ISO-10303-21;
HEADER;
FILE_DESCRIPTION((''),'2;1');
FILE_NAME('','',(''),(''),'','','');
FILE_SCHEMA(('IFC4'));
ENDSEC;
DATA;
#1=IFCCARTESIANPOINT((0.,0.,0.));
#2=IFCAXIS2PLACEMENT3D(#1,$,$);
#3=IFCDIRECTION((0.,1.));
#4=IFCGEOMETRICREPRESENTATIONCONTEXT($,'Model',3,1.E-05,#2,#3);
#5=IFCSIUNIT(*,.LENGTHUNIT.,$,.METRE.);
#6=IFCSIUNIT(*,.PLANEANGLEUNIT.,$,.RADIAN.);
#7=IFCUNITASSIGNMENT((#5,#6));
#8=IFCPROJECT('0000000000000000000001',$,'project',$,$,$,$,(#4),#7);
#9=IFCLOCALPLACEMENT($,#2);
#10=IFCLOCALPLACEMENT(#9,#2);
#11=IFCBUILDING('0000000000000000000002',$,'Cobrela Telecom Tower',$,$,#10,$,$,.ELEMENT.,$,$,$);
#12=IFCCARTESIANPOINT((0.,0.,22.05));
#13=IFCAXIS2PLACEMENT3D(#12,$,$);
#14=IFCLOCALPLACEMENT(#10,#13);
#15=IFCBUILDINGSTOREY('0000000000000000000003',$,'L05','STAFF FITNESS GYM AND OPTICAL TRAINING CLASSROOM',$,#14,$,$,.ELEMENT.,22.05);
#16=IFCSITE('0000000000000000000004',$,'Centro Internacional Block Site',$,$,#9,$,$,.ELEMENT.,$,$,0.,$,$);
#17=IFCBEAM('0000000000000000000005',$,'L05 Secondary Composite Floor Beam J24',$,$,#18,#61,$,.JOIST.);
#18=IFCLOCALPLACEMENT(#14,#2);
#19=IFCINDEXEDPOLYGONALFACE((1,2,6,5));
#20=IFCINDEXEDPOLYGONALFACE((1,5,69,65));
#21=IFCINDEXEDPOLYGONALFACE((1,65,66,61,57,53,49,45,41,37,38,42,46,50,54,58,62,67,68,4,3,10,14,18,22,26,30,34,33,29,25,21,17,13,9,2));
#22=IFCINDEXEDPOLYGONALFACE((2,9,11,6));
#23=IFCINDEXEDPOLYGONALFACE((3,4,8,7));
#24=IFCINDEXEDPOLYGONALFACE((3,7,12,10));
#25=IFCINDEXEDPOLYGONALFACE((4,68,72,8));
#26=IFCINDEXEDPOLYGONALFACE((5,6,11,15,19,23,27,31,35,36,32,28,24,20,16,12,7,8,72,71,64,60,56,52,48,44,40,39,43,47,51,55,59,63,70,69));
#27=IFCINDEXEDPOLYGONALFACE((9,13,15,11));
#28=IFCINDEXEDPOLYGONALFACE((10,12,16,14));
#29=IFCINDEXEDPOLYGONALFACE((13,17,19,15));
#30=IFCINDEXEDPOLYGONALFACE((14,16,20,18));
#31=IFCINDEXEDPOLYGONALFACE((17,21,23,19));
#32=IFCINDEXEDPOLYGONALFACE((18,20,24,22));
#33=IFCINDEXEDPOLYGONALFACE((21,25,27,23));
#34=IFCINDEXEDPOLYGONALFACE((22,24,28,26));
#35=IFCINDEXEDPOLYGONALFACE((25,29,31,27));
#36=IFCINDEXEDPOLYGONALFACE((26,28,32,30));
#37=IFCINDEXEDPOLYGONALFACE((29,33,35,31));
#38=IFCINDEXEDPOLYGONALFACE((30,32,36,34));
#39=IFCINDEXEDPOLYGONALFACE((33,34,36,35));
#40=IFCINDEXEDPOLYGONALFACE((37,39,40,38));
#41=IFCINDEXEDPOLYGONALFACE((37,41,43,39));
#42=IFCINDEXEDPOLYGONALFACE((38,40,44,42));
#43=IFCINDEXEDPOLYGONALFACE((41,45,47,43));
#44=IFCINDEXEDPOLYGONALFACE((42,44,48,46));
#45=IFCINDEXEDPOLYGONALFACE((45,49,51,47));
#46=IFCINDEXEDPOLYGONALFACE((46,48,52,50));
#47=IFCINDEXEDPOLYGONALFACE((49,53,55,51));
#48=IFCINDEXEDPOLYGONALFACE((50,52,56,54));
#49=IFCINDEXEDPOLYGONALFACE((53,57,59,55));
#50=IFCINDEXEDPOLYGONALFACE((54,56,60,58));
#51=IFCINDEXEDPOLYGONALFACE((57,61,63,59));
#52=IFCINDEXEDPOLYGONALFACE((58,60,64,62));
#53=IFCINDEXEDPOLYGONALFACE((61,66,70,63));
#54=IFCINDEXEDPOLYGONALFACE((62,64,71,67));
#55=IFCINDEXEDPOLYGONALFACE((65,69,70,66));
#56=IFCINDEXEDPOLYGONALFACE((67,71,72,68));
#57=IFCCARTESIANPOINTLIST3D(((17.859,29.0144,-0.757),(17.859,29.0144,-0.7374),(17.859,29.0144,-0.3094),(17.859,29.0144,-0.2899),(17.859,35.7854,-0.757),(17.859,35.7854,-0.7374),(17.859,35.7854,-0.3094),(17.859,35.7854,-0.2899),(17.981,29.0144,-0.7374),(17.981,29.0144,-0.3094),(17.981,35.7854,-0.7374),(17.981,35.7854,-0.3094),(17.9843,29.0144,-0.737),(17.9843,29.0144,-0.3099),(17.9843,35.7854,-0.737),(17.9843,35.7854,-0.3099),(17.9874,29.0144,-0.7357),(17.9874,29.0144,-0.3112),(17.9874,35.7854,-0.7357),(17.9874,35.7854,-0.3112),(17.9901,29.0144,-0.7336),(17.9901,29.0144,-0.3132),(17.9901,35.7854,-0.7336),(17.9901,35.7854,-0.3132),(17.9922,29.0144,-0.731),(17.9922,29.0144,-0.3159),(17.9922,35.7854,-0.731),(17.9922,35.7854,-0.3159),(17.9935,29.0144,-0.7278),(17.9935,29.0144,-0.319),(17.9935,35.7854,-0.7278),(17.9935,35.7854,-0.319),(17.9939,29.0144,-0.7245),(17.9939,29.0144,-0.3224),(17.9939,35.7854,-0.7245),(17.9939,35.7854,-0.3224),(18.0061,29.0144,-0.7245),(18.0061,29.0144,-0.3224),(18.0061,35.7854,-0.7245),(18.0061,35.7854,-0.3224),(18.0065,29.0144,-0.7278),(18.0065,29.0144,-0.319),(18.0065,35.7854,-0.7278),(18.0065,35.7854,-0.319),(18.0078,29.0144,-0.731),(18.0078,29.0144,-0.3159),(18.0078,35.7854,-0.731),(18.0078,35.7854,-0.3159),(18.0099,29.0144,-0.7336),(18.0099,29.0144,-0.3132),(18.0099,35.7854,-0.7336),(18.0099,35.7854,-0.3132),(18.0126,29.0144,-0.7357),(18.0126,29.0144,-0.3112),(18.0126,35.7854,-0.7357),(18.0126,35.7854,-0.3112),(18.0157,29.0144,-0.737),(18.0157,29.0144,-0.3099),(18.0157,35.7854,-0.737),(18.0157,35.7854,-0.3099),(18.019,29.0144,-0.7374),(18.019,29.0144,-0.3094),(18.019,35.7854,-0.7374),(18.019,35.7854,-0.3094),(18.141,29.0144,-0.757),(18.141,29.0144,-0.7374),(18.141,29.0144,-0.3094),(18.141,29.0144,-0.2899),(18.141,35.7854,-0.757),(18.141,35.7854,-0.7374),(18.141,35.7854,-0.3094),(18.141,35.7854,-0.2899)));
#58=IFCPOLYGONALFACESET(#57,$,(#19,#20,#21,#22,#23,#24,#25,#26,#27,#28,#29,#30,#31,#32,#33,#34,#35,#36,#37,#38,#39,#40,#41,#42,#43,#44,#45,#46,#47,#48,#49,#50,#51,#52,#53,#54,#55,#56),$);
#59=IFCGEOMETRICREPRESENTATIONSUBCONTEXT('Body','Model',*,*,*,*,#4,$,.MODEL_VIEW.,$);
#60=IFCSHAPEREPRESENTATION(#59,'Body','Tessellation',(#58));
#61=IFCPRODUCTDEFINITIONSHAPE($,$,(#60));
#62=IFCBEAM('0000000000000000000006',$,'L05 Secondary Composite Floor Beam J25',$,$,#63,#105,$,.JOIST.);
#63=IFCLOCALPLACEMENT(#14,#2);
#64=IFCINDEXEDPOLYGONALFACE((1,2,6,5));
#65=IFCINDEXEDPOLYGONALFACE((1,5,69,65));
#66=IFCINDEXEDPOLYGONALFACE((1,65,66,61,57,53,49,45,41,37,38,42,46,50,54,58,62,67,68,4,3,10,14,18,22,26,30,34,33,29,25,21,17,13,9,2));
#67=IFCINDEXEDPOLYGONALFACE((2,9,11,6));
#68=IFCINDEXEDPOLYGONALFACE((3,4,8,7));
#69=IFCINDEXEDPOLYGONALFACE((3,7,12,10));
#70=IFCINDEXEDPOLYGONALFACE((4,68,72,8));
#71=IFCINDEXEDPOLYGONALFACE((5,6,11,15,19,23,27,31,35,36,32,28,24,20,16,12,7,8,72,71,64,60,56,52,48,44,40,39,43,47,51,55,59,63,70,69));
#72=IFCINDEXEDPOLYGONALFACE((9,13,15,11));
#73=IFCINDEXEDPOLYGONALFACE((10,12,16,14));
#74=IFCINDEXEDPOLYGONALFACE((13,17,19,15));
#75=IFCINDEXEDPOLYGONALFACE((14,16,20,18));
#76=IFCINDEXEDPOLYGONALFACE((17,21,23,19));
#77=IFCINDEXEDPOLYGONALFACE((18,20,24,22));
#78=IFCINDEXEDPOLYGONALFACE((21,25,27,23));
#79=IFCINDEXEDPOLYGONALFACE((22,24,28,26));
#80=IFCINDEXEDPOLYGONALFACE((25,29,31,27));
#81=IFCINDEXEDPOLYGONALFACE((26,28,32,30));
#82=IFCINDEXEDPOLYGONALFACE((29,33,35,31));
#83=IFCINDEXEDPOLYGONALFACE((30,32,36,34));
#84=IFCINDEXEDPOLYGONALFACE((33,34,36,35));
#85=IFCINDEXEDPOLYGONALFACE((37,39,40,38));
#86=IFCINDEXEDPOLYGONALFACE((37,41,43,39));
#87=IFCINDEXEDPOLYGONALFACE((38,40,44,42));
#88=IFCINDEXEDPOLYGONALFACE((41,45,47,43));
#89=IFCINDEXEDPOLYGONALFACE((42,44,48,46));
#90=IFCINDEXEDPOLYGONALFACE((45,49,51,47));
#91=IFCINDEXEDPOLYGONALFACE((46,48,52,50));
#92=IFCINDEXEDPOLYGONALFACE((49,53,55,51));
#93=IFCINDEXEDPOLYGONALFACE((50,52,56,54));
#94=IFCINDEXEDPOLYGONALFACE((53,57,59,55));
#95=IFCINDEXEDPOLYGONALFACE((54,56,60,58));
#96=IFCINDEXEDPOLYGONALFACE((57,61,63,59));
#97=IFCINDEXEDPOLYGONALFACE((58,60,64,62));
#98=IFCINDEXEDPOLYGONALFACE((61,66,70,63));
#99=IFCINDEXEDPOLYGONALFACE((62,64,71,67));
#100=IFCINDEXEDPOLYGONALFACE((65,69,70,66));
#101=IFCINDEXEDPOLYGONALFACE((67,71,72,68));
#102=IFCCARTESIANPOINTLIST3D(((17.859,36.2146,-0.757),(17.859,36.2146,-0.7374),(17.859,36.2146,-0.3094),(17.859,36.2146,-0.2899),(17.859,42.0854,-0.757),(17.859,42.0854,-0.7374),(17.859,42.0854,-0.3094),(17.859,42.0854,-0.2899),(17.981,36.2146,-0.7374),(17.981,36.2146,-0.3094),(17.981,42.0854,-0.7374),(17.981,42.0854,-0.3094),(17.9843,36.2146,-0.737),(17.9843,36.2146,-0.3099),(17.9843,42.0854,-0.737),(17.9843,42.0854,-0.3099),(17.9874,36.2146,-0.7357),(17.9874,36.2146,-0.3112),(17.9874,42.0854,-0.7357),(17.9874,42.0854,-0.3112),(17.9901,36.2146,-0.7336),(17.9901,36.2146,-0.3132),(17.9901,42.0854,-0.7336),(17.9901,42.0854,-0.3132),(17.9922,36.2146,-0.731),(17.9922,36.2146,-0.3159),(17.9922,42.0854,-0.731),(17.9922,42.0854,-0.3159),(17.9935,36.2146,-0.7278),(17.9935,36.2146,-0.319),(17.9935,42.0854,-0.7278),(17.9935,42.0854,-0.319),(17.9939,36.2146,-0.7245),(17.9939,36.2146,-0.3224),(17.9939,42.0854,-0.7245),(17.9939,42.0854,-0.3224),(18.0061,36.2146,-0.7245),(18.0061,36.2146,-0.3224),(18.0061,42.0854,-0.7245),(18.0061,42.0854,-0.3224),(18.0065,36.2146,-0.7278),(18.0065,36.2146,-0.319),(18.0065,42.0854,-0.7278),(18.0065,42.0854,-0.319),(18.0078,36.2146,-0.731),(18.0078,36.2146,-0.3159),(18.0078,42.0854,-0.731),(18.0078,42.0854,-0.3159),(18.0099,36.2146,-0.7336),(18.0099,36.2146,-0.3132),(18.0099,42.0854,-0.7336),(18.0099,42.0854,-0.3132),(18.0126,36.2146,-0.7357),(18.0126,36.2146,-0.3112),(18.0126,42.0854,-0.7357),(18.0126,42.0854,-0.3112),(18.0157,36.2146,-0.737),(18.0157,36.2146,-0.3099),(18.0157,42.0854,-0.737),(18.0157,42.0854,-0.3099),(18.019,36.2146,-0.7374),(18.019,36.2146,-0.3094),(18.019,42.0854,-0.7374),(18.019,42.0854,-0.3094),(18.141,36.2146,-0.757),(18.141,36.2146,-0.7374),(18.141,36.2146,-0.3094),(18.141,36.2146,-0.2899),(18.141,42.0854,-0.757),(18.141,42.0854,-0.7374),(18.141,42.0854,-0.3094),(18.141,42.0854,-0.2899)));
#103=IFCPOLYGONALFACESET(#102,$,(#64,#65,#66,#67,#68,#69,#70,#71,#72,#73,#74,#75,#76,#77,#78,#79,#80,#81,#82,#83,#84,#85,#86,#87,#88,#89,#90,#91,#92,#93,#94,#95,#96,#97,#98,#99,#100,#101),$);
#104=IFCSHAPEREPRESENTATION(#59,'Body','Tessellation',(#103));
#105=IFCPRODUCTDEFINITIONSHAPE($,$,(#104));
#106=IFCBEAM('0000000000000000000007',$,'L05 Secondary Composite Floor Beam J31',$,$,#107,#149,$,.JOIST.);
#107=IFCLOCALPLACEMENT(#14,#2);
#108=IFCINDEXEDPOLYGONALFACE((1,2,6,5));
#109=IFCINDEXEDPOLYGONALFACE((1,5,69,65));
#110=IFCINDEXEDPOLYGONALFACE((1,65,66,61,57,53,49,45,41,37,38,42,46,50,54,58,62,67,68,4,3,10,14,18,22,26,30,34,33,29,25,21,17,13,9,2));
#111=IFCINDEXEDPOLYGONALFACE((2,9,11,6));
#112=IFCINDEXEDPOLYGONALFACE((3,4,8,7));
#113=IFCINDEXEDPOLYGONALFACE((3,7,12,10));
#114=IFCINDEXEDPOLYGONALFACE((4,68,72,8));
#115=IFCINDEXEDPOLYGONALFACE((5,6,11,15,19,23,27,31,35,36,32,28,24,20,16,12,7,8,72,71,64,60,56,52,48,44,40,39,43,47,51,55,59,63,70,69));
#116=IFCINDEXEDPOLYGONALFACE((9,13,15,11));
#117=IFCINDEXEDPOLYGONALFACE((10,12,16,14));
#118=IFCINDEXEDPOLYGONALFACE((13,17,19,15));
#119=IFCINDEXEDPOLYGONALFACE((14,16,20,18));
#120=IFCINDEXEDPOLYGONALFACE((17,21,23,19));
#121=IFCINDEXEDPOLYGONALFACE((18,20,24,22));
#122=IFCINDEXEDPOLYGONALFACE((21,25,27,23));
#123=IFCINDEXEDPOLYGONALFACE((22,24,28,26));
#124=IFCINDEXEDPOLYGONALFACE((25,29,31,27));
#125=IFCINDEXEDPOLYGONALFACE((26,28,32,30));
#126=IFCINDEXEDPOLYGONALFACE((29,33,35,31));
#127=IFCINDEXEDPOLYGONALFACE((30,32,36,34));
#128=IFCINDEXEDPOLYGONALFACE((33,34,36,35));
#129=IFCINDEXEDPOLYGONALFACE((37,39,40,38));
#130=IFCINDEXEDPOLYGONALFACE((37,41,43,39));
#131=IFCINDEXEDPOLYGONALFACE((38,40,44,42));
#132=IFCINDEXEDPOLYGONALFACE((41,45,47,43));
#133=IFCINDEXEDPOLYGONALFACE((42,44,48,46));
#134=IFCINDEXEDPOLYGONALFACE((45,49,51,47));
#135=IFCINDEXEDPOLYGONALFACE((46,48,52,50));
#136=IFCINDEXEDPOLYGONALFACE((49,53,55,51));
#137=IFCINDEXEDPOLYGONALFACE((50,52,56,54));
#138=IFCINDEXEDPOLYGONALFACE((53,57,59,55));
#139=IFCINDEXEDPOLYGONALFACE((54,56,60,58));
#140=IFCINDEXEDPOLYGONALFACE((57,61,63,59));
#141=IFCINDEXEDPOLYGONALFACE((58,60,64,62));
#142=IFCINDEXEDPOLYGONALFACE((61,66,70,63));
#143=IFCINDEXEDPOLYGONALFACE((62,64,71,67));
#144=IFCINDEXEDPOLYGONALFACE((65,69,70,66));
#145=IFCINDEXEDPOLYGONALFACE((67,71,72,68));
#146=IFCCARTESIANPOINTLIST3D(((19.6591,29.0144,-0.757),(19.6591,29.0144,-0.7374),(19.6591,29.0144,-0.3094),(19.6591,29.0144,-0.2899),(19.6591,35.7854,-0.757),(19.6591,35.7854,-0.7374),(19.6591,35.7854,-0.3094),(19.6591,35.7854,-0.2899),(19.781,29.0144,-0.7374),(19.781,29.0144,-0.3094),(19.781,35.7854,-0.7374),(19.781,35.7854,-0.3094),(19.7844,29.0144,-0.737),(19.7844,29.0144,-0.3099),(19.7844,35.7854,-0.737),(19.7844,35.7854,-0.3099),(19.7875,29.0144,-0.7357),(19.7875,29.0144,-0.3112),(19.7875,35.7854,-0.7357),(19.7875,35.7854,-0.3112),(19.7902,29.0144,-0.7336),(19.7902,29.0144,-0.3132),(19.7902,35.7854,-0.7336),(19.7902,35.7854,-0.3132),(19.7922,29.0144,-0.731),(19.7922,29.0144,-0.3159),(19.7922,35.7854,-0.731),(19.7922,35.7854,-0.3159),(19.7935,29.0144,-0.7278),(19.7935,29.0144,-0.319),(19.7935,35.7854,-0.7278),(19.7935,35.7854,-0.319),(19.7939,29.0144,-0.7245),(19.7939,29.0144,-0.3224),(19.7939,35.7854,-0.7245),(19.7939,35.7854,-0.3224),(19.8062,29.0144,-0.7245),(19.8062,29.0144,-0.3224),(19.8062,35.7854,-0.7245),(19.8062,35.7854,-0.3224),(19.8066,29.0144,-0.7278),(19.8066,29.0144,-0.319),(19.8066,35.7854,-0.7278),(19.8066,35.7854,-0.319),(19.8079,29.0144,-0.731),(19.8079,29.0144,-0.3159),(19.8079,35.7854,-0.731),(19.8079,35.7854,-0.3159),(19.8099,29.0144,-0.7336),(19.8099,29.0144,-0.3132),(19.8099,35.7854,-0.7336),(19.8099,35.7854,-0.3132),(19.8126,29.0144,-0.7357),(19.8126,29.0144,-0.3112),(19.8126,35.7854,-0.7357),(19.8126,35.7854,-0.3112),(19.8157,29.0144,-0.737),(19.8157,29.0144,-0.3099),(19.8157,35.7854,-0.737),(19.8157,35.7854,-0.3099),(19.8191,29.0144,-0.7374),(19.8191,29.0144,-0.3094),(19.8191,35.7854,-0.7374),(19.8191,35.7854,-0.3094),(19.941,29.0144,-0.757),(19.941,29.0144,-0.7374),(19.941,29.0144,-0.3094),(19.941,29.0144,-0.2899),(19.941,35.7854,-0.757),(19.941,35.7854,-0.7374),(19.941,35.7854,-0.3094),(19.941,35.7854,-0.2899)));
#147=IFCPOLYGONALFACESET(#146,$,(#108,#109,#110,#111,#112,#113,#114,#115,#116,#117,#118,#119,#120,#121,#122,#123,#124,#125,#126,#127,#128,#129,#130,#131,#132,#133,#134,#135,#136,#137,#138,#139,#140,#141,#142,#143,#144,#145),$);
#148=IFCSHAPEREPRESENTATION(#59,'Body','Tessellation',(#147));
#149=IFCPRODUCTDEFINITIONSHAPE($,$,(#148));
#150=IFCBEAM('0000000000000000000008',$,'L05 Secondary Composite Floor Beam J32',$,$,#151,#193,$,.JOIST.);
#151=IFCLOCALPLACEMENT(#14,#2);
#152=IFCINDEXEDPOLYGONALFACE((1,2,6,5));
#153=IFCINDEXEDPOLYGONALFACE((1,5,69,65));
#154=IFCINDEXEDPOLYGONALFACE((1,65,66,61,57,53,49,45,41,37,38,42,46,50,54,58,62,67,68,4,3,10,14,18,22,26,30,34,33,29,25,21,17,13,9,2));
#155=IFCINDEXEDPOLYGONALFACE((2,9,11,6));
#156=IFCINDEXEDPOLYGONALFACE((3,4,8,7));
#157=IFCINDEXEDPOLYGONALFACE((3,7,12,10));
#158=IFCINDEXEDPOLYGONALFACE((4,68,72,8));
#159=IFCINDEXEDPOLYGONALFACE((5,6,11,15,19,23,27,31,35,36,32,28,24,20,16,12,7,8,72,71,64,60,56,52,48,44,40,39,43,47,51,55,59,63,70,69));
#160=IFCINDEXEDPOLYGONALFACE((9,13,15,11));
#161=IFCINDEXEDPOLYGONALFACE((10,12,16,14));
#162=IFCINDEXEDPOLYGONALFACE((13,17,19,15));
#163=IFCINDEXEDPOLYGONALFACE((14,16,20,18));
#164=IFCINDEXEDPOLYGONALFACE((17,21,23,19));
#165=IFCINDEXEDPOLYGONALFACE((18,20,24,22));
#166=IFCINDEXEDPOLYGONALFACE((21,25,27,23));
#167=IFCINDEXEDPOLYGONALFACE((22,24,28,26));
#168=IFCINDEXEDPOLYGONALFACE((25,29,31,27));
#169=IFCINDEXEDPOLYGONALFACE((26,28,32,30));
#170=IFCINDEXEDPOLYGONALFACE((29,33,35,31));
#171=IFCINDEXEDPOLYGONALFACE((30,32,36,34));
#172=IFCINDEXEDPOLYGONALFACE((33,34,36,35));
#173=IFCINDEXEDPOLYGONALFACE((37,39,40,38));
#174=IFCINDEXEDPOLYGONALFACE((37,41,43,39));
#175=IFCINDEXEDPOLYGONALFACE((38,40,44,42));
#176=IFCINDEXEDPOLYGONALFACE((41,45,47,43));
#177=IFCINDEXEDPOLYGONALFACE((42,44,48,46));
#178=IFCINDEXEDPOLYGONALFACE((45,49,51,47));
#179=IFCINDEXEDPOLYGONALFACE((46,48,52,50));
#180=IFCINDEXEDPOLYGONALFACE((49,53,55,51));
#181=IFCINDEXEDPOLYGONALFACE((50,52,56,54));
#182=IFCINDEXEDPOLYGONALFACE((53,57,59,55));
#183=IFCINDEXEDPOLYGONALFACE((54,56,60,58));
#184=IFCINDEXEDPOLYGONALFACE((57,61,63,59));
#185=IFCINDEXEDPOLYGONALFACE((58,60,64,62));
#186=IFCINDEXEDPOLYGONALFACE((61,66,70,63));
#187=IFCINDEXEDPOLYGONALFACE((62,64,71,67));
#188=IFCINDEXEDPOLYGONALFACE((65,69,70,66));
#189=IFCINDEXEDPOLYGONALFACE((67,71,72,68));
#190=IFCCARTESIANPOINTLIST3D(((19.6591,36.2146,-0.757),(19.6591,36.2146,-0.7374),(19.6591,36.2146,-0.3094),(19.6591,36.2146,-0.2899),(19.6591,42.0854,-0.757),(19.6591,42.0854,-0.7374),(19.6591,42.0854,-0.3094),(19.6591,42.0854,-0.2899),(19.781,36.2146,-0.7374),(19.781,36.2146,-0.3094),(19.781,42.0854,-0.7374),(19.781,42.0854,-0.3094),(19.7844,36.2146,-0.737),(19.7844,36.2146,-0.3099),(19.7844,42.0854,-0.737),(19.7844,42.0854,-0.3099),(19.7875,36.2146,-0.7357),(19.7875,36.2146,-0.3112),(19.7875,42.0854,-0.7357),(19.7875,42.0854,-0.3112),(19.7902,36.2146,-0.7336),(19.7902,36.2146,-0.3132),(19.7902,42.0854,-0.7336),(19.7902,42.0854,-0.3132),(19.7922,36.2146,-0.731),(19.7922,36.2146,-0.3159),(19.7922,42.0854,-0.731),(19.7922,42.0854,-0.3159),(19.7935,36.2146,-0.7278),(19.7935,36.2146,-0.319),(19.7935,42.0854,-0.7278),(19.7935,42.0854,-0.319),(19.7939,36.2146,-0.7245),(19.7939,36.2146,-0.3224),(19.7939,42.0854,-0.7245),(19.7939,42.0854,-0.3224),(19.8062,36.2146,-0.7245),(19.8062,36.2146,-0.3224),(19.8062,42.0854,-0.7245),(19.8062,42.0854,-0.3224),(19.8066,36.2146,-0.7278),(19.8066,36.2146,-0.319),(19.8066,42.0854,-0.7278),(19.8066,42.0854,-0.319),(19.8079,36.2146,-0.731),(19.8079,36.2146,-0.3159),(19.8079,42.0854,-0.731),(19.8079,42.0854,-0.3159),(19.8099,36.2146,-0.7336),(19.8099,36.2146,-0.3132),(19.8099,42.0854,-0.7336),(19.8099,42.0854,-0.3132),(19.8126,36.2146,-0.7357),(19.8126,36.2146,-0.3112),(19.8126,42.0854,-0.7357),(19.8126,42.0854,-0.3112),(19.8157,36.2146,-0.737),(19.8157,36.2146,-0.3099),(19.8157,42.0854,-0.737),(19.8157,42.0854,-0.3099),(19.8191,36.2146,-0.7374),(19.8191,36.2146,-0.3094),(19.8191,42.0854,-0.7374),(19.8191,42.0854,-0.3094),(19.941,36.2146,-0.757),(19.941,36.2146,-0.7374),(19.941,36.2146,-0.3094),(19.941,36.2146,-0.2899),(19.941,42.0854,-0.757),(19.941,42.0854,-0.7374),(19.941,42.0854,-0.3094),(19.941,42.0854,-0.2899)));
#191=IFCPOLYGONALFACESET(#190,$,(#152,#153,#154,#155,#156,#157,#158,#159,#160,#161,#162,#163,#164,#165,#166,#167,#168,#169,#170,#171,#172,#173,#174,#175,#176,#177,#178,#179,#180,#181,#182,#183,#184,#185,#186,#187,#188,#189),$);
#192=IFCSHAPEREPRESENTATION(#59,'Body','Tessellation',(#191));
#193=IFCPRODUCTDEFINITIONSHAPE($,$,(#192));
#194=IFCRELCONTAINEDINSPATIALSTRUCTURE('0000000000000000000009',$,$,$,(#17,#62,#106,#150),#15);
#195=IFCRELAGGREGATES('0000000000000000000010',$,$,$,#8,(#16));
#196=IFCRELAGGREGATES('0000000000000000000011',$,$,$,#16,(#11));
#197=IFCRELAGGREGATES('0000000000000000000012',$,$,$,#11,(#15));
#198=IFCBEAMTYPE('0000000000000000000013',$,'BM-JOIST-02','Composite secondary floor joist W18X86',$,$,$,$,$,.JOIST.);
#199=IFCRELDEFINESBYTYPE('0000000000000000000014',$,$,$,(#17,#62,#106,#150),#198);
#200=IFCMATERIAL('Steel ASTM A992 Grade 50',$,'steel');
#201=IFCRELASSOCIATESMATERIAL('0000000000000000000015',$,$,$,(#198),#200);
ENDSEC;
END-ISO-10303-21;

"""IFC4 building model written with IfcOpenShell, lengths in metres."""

from ifc_helpers import new_model, si_unit, direction, frame, origin, origin_2d, place, context, subcontext, project, spatial, i_section, extrude, material, material_profile, profile_set, type_object, element, save


model = new_model("IFC4")

# Units and contexts
model_context = context("Model", 3, precision=1e-05, world=origin(), true_north=direction((0.0, 1.0)))
body_context = subcontext(model_context, "Body", "Model", "MODEL_VIEW")
ifc_project = project(units=[si_unit("LENGTHUNIT", "METRE"), si_unit("PLANEANGLEUNIT", "RADIAN")], contexts=[model_context])

# Site, building, storey
site_placement = place(None, origin())
site = spatial("IfcSite", under=ifc_project, at=site_placement, Name="Centro Internacional Block Site", CompositionType="ELEMENT", RefElevation=0.0)
building_placement = place(site_placement, origin())
building = spatial("IfcBuilding", under=site, at=building_placement, Name="Cobrela Telecom Tower", CompositionType="ELEMENT")
storey_placement = place(building_placement, frame((0.0, 0.0, 22.05)))
storey = spatial("IfcBuildingStorey", under=building, at=storey_placement, Name="L05", Description="STAFF FITNESS GYM AND OPTICAL TRAINING CLASSROOM", CompositionType="ELEMENT", Elevation=22.05)

# Beams
ifc_material_1 = material(Name="Steel ASTM A992 Grade 50", Category="steel")
ifc_material_profile_1 = material_profile(ifc_material_1, i_section(OverallWidth=0.282, OverallDepth=0.467, WebThickness=0.0122, FlangeThickness=0.0195, FilletRadius=0.0129, at=origin_2d()), Name="W18X86")
ifc_profile_set_1 = profile_set([ifc_material_profile_1], Name="Steel ASTM A992 Grade 50")
beam_type_1 = type_object("IfcBeamType", Name="BM-JOIST-02", Description="Composite secondary floor joist W18X86", PredefinedType="JOIST", material=ifc_profile_set_1)
beam_1_placement = place(storey_placement, frame((18.0, 29.0144, -0.5234), z_axis=(0.0, 1.0, 0.0), x_axis=(-1.0, 0.0, 0.0)))
element("IfcBeam", 1, at=beam_1_placement, inside=storey, type_object=beam_type_1, Name="L05 Secondary Composite Floor Beam J24", PredefinedType="JOIST", context=body_context, shape_type="SweptSolid", body=[
    extrude(i_section(OverallWidth=0.282, OverallDepth=0.467, WebThickness=0.0122, FlangeThickness=0.0195, FilletRadius=0.0129, at=origin_2d()), origin(), (0.0, 0.0, 1.0), 6.771),
])
beam_2_placement = place(storey_placement, frame((18.0, 36.2146, -0.5234), z_axis=(0.0, 1.0, 0.0), x_axis=(-1.0, 0.0, 0.0)))
element("IfcBeam", 2, at=beam_2_placement, inside=storey, type_object=beam_type_1, Name="L05 Secondary Composite Floor Beam J25", PredefinedType="JOIST", context=body_context, shape_type="SweptSolid", body=[
    extrude(i_section(OverallWidth=0.282, OverallDepth=0.467, WebThickness=0.0122, FlangeThickness=0.0195, FilletRadius=0.0129, at=origin_2d()), origin(), (0.0, 0.0, 1.0), 5.8708),
])
beam_3_placement = place(storey_placement, frame((19.8, 29.0144, -0.5234), z_axis=(0.0, 1.0, 0.0), x_axis=(-1.0, 0.0, 0.0)))
element("IfcBeam", 3, at=beam_3_placement, inside=storey, type_object=beam_type_1, Name="L05 Secondary Composite Floor Beam J31", PredefinedType="JOIST", context=body_context, shape_type="SweptSolid", body=[
    extrude(i_section(OverallWidth=0.282, OverallDepth=0.467, WebThickness=0.0122, FlangeThickness=0.0195, FilletRadius=0.0129, at=origin_2d()), origin(), (0.0, 0.0, 1.0), 6.771),
])
beam_4_placement = place(storey_placement, frame((19.8, 36.2146, -0.5234), z_axis=(0.0, 1.0, 0.0), x_axis=(-1.0, 0.0, 0.0)))
element("IfcBeam", 4, at=beam_4_placement, inside=storey, type_object=beam_type_1, Name="L05 Secondary Composite Floor Beam J32", PredefinedType="JOIST", context=body_context, shape_type="SweptSolid", body=[
    extrude(i_section(OverallWidth=0.282, OverallDepth=0.467, WebThickness=0.0122, FlangeThickness=0.0195, FilletRadius=0.0129, at=origin_2d()), origin(), (0.0, 0.0, 1.0), 5.8708),
])

save(model, "model.ifc")
